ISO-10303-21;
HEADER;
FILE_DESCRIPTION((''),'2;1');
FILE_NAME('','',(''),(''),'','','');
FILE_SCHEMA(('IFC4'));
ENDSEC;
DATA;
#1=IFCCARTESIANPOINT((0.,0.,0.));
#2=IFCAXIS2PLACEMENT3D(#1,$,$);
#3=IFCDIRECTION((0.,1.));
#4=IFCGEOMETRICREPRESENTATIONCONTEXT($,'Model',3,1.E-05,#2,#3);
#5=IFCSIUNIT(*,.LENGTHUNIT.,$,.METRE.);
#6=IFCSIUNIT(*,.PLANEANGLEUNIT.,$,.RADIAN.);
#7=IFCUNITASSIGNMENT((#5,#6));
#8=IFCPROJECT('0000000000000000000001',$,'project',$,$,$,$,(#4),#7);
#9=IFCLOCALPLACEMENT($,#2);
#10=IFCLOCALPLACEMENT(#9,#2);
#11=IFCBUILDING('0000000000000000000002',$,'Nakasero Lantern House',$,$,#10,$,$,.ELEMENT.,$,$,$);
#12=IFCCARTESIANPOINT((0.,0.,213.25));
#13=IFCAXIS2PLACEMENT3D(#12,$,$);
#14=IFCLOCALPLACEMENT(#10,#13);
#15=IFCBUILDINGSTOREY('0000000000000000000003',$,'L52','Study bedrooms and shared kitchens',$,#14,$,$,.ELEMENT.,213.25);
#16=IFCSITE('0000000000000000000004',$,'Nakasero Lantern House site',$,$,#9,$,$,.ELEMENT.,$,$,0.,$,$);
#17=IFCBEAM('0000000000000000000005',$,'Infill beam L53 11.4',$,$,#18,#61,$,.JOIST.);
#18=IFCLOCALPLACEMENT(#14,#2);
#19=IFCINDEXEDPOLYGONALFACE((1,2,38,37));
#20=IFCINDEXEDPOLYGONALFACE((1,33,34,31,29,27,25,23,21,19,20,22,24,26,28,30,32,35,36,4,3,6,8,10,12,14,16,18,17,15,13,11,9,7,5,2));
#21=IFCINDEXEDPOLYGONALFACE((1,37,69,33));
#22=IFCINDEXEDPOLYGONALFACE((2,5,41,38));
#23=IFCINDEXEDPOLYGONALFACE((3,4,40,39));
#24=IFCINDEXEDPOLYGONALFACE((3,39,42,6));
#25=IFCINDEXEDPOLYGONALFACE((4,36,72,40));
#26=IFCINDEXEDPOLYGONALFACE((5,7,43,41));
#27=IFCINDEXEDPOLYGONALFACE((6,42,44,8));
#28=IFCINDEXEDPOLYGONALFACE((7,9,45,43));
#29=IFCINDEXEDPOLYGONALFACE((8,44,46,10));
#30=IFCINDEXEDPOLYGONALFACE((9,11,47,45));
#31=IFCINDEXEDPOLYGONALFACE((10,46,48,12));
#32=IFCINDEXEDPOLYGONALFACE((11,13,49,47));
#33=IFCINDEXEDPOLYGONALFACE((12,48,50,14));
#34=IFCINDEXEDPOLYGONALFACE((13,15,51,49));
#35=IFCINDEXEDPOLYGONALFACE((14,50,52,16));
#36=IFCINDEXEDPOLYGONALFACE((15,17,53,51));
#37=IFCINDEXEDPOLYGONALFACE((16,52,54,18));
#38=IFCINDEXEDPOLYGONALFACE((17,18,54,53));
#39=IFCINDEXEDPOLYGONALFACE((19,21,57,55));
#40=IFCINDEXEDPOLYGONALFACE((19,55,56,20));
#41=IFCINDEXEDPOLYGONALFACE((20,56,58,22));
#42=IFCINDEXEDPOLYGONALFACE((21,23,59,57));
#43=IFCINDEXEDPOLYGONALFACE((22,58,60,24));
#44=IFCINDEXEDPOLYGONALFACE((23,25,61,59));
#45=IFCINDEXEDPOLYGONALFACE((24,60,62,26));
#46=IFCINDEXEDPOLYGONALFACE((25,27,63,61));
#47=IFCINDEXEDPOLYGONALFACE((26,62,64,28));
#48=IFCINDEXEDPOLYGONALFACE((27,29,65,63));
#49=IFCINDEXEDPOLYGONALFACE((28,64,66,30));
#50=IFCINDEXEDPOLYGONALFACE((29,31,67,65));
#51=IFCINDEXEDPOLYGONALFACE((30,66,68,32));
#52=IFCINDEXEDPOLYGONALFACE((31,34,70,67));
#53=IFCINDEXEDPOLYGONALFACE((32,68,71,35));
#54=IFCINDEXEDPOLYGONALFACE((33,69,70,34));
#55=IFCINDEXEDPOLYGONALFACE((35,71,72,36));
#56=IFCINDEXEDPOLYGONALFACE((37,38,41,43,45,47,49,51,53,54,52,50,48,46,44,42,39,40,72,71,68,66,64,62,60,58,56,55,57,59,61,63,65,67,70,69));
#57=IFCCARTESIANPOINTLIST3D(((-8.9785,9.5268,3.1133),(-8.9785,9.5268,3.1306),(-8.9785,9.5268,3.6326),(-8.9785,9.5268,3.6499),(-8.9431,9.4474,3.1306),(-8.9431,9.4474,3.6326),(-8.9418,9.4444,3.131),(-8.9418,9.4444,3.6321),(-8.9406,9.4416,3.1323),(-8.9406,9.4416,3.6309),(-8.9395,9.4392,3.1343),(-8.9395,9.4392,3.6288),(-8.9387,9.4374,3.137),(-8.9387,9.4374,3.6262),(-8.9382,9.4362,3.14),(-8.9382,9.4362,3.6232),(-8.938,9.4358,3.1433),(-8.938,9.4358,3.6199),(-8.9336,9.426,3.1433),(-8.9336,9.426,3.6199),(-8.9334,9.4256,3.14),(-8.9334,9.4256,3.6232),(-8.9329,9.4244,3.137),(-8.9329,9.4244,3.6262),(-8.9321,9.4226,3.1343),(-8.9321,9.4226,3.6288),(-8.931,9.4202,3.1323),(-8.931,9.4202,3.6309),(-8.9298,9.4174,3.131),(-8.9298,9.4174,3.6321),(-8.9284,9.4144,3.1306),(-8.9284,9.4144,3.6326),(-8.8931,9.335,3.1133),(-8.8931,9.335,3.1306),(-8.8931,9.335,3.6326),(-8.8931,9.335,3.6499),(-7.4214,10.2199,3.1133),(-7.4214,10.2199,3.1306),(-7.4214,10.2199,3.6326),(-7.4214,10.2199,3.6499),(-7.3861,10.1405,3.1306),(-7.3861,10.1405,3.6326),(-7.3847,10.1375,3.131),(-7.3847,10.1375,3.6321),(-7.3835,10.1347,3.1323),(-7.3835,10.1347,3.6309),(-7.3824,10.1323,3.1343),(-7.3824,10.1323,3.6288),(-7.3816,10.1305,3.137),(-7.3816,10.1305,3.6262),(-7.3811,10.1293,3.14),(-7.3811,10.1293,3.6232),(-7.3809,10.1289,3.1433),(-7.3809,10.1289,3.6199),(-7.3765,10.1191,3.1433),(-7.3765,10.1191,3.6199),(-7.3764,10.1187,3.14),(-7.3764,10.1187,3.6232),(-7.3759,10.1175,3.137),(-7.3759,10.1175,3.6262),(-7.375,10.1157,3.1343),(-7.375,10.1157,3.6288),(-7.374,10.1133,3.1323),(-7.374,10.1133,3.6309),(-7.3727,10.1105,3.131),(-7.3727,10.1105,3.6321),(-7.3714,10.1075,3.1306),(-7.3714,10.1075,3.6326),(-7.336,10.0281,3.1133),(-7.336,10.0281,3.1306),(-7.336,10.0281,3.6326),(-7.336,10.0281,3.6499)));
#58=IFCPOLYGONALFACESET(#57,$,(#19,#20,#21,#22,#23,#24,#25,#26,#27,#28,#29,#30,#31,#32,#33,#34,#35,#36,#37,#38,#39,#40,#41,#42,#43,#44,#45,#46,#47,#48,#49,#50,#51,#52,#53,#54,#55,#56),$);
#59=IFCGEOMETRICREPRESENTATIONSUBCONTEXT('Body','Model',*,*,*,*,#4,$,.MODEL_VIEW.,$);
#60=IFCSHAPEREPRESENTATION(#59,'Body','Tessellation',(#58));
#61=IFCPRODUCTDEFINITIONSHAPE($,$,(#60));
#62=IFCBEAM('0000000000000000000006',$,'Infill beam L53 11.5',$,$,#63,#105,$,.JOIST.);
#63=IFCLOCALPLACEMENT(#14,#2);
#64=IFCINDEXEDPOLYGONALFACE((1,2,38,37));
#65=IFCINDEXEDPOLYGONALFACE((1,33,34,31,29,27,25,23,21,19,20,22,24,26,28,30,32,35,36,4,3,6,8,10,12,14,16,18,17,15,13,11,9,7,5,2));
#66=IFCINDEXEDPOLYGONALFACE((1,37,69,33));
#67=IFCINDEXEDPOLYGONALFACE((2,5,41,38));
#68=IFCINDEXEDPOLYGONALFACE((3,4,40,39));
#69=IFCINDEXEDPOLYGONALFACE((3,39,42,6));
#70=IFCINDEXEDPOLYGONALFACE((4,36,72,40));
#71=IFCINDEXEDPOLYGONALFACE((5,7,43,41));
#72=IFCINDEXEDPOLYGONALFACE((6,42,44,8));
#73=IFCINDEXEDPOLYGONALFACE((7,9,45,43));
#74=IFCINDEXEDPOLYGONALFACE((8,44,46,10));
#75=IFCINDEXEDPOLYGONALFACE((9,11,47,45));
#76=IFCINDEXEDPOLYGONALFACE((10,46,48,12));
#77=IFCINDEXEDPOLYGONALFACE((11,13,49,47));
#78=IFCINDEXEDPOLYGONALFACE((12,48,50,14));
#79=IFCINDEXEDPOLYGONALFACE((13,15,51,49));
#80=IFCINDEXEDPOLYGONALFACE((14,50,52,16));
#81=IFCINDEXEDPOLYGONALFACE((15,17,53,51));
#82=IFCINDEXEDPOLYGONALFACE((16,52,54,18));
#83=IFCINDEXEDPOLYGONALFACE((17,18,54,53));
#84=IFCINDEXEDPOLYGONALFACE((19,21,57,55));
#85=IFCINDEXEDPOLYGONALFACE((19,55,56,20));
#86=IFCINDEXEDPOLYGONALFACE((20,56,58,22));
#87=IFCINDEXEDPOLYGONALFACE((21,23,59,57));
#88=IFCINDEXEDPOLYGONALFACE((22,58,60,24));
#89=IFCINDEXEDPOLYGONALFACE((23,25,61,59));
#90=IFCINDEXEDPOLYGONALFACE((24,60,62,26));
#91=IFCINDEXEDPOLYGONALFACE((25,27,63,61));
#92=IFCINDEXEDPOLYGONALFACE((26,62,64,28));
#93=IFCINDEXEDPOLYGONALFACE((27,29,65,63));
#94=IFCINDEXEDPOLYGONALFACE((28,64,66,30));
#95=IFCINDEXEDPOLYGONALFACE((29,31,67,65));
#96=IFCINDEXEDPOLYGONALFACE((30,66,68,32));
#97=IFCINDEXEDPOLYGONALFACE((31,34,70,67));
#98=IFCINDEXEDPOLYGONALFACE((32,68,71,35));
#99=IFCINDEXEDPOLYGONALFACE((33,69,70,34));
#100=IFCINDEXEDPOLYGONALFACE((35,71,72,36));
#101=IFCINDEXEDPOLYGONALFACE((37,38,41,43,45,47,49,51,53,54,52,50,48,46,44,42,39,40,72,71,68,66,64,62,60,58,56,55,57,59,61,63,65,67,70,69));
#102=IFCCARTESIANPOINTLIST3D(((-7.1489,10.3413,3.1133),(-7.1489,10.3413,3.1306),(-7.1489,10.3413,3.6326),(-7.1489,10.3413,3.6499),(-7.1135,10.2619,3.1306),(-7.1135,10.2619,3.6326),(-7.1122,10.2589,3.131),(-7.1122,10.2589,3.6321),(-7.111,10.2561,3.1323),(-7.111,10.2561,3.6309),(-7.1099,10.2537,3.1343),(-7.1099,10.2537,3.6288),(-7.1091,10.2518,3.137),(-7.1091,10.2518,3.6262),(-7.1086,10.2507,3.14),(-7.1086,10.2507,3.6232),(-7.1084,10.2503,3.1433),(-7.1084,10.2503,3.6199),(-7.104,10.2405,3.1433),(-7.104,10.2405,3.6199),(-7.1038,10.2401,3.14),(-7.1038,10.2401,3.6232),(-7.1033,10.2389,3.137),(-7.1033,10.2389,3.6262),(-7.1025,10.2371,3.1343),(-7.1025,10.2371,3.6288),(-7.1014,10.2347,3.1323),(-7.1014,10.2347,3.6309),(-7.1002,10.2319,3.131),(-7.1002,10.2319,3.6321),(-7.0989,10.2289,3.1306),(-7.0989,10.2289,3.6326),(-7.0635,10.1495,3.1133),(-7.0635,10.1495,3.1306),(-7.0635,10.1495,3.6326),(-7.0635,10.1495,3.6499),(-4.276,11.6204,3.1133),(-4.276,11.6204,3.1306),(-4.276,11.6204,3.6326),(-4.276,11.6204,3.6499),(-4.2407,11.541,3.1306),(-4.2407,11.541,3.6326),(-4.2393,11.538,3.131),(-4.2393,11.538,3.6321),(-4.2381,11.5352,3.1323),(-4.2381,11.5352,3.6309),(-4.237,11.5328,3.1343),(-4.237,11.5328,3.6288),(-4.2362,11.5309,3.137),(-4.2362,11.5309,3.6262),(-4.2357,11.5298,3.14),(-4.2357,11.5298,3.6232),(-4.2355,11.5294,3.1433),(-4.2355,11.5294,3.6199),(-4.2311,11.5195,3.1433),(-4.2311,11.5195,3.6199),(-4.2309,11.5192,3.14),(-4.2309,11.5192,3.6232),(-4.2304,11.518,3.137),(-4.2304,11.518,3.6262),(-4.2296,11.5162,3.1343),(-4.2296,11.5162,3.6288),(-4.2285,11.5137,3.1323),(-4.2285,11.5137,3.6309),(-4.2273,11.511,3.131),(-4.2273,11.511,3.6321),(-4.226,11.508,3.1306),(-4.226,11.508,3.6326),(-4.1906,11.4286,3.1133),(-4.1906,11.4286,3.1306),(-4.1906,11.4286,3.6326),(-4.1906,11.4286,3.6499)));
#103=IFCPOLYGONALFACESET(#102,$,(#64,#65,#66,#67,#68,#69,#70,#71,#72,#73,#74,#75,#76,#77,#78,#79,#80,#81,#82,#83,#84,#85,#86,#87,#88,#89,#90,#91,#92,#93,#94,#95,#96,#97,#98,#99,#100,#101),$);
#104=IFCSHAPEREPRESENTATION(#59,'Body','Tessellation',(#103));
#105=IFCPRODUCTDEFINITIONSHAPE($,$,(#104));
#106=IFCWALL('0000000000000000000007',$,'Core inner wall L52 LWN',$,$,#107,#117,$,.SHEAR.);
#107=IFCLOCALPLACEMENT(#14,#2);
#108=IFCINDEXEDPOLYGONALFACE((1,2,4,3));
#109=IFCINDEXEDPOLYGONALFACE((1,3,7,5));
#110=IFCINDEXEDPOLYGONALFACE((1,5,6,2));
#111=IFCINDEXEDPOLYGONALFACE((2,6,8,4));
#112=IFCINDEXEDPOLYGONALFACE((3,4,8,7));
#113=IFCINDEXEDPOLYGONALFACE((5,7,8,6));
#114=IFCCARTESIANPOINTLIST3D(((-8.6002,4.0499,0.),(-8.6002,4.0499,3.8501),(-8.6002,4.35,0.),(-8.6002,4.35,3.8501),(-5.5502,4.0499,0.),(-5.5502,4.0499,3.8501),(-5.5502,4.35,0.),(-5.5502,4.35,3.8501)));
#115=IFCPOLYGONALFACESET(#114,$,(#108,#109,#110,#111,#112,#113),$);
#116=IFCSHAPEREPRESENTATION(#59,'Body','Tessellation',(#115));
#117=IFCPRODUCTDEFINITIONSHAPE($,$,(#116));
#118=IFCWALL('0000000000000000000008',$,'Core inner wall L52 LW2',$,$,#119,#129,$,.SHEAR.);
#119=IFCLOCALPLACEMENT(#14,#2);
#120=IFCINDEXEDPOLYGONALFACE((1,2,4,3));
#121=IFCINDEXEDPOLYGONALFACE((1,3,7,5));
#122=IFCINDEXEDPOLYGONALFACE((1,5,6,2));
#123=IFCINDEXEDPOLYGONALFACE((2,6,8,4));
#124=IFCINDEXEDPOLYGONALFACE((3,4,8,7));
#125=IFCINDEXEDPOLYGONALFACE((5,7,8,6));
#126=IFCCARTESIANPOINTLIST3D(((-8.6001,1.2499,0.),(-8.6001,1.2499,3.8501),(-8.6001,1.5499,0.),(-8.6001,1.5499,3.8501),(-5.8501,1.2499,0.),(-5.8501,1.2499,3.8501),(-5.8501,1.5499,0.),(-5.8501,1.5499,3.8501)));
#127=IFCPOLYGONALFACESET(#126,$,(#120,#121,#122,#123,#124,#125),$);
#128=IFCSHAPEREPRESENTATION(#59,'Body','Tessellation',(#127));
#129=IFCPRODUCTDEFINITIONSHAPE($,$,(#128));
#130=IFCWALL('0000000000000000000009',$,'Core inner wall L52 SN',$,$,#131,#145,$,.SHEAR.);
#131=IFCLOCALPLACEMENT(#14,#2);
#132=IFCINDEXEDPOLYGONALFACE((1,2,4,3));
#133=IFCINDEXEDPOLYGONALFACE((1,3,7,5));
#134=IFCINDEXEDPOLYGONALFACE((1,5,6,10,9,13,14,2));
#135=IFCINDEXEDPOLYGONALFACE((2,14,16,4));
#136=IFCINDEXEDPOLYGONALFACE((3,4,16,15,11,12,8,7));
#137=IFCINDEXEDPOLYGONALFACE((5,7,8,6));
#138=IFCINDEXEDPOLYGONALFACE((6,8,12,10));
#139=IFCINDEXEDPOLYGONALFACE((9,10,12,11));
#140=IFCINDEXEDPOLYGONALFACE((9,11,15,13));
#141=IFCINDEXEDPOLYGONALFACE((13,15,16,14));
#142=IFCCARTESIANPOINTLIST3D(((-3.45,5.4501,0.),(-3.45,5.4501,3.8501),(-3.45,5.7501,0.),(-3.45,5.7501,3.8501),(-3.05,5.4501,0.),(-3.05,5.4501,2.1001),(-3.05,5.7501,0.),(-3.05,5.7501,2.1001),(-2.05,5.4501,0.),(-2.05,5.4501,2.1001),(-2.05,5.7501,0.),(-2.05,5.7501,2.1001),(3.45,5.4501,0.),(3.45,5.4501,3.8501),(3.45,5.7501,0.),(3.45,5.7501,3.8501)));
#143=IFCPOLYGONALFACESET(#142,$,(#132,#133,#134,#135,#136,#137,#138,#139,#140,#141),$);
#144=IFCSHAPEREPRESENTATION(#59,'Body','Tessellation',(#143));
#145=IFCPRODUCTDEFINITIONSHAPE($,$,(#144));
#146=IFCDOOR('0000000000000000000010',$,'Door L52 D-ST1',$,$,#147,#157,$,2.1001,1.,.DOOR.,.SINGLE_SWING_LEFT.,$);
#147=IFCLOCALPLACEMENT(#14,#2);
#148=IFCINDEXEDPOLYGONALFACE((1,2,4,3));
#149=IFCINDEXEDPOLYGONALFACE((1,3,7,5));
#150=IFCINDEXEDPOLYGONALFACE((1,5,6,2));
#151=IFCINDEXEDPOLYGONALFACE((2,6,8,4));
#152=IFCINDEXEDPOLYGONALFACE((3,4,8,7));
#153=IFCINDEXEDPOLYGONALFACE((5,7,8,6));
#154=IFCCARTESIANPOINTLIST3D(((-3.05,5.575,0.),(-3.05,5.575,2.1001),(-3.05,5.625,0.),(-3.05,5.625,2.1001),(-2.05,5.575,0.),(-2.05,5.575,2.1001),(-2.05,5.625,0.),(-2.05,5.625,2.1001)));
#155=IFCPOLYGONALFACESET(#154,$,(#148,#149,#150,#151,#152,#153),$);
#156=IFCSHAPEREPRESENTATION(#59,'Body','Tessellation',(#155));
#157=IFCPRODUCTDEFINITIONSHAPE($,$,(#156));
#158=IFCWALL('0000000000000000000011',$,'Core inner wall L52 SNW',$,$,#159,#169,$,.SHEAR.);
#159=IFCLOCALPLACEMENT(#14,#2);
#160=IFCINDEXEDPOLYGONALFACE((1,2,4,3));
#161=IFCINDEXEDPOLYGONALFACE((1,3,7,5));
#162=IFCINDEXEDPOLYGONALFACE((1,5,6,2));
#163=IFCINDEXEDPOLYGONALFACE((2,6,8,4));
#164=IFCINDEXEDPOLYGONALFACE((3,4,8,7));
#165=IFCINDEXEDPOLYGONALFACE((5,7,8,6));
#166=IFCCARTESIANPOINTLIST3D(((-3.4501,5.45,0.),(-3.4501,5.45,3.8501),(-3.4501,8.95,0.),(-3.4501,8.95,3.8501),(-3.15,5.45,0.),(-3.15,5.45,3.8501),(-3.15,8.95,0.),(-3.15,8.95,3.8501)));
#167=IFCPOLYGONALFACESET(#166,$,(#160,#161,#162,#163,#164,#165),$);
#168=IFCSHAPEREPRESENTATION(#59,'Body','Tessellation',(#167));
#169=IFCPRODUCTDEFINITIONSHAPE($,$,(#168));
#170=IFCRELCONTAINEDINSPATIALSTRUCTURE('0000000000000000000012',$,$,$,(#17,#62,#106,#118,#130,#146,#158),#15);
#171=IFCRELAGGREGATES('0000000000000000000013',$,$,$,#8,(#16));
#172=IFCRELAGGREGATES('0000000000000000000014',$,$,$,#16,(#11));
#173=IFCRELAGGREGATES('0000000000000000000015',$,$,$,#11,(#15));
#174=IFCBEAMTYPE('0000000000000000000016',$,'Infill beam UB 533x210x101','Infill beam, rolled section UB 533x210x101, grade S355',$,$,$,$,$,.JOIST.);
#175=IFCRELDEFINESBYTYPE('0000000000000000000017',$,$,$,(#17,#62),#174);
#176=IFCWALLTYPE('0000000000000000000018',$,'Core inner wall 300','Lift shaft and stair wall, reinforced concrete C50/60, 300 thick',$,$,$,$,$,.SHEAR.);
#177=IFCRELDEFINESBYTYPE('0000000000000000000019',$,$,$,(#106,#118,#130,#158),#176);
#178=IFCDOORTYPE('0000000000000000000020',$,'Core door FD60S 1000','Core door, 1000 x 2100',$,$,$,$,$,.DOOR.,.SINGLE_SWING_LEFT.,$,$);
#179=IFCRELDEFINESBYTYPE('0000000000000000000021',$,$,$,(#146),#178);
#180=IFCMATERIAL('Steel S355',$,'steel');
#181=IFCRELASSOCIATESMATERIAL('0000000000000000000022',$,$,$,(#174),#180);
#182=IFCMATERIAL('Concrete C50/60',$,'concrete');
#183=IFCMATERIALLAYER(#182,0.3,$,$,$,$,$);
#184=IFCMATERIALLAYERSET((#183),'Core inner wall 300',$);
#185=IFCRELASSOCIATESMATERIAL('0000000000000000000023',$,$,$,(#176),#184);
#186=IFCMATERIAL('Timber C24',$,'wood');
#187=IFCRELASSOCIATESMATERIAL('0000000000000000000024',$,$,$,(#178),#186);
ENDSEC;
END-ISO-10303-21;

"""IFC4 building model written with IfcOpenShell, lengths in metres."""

from ifc_helpers import new_model, si_unit, direction, frame, frame_2d, origin, origin_2d, place, context, subcontext, project, spatial, rectangle, i_section, extrude, material, layer, layer_set, material_profile, profile_set, type_object, element, fill, save


model = new_model("IFC4")

# Units and contexts
model_context = context("Model", 3, precision=1e-05, world=origin(), true_north=direction((0.0, 1.0)))
body_context = subcontext(model_context, "Body", "Model", "MODEL_VIEW")
ifc_project = project(units=[si_unit("LENGTHUNIT", "METRE"), si_unit("PLANEANGLEUNIT", "RADIAN")], contexts=[model_context])

# Site, building, storey
site_placement = place(None, origin())
site = spatial("IfcSite", under=ifc_project, at=site_placement, Name="Nakasero Lantern House site", CompositionType="ELEMENT", RefElevation=0.0)
building_placement = place(site_placement, origin())
building = spatial("IfcBuilding", under=site, at=building_placement, Name="Nakasero Lantern House", CompositionType="ELEMENT")
storey_placement = place(building_placement, frame((0.0, 0.0, 213.25)))
storey = spatial("IfcBuildingStorey", under=building, at=storey_placement, Name="L52", Description="Study bedrooms and shared kitchens", CompositionType="ELEMENT", Elevation=213.25)

# Beams
ifc_material_1 = material(Name="Steel S355", Category="steel")
ifc_material_profile = material_profile(ifc_material_1, i_section(OverallWidth=0.21, OverallDepth=0.5366, WebThickness=0.0107, FlangeThickness=0.0173, FilletRadius=0.0127, at=origin_2d()), Name="UB 533x210x101")
ifc_profile_set = profile_set([ifc_material_profile], Name="Steel S355")
beam_type = type_object("IfcBeamType", Name="Infill beam UB 533x210x101", Description="Infill beam, rolled section UB 533x210x101, grade S355", PredefinedType="JOIST", material=ifc_profile_set)
beam_1_placement = place(storey_placement, frame((-8.9358, 9.4309, 3.3816), z_axis=(0.913581, 0.406657, 0.0), x_axis=(-0.406657, 0.913581, 0.0)))
element("IfcBeam", 1, at=beam_1_placement, inside=storey, type_object=beam_type, Name="Infill beam L53 11.4", PredefinedType="JOIST", context=body_context, shape_type="SweptSolid", body=[
    extrude(i_section(OverallWidth=0.21, OverallDepth=0.5366, WebThickness=0.0107, FlangeThickness=0.0173, FilletRadius=0.0127, at=origin_2d()), origin(), (0.0, 0.0, 1.0), 1.7043),
])
beam_2_placement = place(storey_placement, frame((-7.1062, 10.2454, 3.3816), z_axis=(0.913546, 0.406736, 0.0), x_axis=(-0.406736, 0.913546, 0.0)))
element("IfcBeam", 2, at=beam_2_placement, inside=storey, type_object=beam_type, Name="Infill beam L53 11.5", PredefinedType="JOIST", context=body_context, shape_type="SweptSolid", body=[
    extrude(i_section(OverallWidth=0.21, OverallDepth=0.5366, WebThickness=0.0107, FlangeThickness=0.0173, FilletRadius=0.0127, at=origin_2d()), origin(), (0.0, 0.0, 1.0), 3.1448),
])

# Walls
ifc_material_2 = material(Name="Concrete C50/60", Category="concrete")
ifc_layer_1 = layer(ifc_material_2, 0.3)
ifc_layer_set_1 = layer_set([ifc_layer_1], Name="Core inner wall 300")
wall_type_1 = type_object("IfcWallType", Name="Core inner wall 300", Description="Lift shaft and stair wall, reinforced concrete C50/60, 300 thick", PredefinedType="SHEAR", material=ifc_layer_set_1)
wall_1_placement = place(storey_placement, frame((-8.6001, 4.2, 0.0), z_axis=(0.0, 0.0, 1.0), x_axis=(1.0, 0.0, 0.0)))
element("IfcWall", 3, at=wall_1_placement, inside=storey, type_object=wall_type_1, Name="Core inner wall L52 LWN", PredefinedType="SHEAR", context=body_context, shape_type="SweptSolid", body=[
    extrude(rectangle(XDim=3.05, YDim=0.3, at=frame_2d((1.5249, 0.0))), origin(), (0.0, 0.0, 1.0), 3.8501),
])
wall_2_placement = place(storey_placement, frame((-8.6001, 1.3999, 0.0), z_axis=(0.0, 0.0, 1.0), x_axis=(1.0, 0.0, 0.0)))
element("IfcWall", 4, at=wall_2_placement, inside=storey, type_object=wall_type_1, Name="Core inner wall L52 LW2", PredefinedType="SHEAR", context=body_context, shape_type="SweptSolid", body=[
    extrude(rectangle(XDim=2.75, YDim=0.3, at=frame_2d((1.375, 0.0))), origin(), (0.0, 0.0, 1.0), 3.8501),
])

# Wall, opening, door
wall_3_placement = place(storey_placement, frame((-3.45, 5.6001, 0.0), z_axis=(0.0, 0.0, 1.0), x_axis=(1.0, 0.0, 0.0)))
wall_3 = element("IfcWall", 5, at=wall_3_placement, inside=storey, type_object=wall_type_1, Name="Core inner wall L52 SN", PredefinedType="SHEAR", context=body_context, shape_type="SweptSolid", body=[
    extrude(rectangle(XDim=6.8999, YDim=0.3, at=frame_2d((3.45, 0.0))), origin(), (0.0, 0.0, 1.0), 3.8501),
])
opening_1_placement = place(wall_3_placement, frame((0.3999, 0.0, 0.0)))
opening_1 = element("IfcOpeningElement", 6, at=opening_1_placement, cuts=wall_3, PredefinedType="OPENING", context=body_context, shape_type="SweptSolid", body=[
    extrude(rectangle(XDim=1.0, YDim=2.1001, at=frame_2d((0.5, 1.05))), frame((0.0, 0.1699, 0.0), z_axis=(0.0, -1.0, 0.0), x_axis=(1.0, 0.0, 0.0)), (0.0, 0.0, 1.0), 0.3401),
])
ifc_material_3 = material(Name="Timber C24", Category="wood")
door_type_1 = type_object("IfcDoorType", Name="Core door FD60S 1000", Description="Core door, 1000 x 2100", OperationType="SINGLE_SWING_LEFT", PredefinedType="DOOR", material=ifc_material_3)
door_1_placement = place(opening_1_placement, origin())
door_1 = element("IfcDoor", 7, at=door_1_placement, inside=storey, type_object=door_type_1, Name="Door L52 D-ST1", OperationType="SINGLE_SWING_LEFT", OverallHeight=2.1001, OverallWidth=1.0, PredefinedType="DOOR", context=body_context, shape_type="SweptSolid", body=[
    extrude(rectangle(XDim=1.0, YDim=2.1001, at=frame_2d((0.5, 1.05))), frame((0.0, 0.0249, 0.0), z_axis=(0.0, -1.0, 0.0), x_axis=(1.0, 0.0, 0.0)), (0.0, 0.0, 1.0), 0.05),
])
fill(opening_1, door_1)

# Wall
wall_4_placement = place(storey_placement, frame((-3.3, 5.45, 0.0), z_axis=(0.0, 0.0, 1.0), x_axis=(0.0, 1.0, 0.0)))
element("IfcWall", 8, at=wall_4_placement, inside=storey, type_object=wall_type_1, Name="Core inner wall L52 SNW", PredefinedType="SHEAR", context=body_context, shape_type="SweptSolid", body=[
    extrude(rectangle(XDim=3.5, YDim=0.3, at=frame_2d((1.75, 0.0))), origin(), (0.0, 0.0, 1.0), 3.8501),
])

save(model, "model.ifc")
